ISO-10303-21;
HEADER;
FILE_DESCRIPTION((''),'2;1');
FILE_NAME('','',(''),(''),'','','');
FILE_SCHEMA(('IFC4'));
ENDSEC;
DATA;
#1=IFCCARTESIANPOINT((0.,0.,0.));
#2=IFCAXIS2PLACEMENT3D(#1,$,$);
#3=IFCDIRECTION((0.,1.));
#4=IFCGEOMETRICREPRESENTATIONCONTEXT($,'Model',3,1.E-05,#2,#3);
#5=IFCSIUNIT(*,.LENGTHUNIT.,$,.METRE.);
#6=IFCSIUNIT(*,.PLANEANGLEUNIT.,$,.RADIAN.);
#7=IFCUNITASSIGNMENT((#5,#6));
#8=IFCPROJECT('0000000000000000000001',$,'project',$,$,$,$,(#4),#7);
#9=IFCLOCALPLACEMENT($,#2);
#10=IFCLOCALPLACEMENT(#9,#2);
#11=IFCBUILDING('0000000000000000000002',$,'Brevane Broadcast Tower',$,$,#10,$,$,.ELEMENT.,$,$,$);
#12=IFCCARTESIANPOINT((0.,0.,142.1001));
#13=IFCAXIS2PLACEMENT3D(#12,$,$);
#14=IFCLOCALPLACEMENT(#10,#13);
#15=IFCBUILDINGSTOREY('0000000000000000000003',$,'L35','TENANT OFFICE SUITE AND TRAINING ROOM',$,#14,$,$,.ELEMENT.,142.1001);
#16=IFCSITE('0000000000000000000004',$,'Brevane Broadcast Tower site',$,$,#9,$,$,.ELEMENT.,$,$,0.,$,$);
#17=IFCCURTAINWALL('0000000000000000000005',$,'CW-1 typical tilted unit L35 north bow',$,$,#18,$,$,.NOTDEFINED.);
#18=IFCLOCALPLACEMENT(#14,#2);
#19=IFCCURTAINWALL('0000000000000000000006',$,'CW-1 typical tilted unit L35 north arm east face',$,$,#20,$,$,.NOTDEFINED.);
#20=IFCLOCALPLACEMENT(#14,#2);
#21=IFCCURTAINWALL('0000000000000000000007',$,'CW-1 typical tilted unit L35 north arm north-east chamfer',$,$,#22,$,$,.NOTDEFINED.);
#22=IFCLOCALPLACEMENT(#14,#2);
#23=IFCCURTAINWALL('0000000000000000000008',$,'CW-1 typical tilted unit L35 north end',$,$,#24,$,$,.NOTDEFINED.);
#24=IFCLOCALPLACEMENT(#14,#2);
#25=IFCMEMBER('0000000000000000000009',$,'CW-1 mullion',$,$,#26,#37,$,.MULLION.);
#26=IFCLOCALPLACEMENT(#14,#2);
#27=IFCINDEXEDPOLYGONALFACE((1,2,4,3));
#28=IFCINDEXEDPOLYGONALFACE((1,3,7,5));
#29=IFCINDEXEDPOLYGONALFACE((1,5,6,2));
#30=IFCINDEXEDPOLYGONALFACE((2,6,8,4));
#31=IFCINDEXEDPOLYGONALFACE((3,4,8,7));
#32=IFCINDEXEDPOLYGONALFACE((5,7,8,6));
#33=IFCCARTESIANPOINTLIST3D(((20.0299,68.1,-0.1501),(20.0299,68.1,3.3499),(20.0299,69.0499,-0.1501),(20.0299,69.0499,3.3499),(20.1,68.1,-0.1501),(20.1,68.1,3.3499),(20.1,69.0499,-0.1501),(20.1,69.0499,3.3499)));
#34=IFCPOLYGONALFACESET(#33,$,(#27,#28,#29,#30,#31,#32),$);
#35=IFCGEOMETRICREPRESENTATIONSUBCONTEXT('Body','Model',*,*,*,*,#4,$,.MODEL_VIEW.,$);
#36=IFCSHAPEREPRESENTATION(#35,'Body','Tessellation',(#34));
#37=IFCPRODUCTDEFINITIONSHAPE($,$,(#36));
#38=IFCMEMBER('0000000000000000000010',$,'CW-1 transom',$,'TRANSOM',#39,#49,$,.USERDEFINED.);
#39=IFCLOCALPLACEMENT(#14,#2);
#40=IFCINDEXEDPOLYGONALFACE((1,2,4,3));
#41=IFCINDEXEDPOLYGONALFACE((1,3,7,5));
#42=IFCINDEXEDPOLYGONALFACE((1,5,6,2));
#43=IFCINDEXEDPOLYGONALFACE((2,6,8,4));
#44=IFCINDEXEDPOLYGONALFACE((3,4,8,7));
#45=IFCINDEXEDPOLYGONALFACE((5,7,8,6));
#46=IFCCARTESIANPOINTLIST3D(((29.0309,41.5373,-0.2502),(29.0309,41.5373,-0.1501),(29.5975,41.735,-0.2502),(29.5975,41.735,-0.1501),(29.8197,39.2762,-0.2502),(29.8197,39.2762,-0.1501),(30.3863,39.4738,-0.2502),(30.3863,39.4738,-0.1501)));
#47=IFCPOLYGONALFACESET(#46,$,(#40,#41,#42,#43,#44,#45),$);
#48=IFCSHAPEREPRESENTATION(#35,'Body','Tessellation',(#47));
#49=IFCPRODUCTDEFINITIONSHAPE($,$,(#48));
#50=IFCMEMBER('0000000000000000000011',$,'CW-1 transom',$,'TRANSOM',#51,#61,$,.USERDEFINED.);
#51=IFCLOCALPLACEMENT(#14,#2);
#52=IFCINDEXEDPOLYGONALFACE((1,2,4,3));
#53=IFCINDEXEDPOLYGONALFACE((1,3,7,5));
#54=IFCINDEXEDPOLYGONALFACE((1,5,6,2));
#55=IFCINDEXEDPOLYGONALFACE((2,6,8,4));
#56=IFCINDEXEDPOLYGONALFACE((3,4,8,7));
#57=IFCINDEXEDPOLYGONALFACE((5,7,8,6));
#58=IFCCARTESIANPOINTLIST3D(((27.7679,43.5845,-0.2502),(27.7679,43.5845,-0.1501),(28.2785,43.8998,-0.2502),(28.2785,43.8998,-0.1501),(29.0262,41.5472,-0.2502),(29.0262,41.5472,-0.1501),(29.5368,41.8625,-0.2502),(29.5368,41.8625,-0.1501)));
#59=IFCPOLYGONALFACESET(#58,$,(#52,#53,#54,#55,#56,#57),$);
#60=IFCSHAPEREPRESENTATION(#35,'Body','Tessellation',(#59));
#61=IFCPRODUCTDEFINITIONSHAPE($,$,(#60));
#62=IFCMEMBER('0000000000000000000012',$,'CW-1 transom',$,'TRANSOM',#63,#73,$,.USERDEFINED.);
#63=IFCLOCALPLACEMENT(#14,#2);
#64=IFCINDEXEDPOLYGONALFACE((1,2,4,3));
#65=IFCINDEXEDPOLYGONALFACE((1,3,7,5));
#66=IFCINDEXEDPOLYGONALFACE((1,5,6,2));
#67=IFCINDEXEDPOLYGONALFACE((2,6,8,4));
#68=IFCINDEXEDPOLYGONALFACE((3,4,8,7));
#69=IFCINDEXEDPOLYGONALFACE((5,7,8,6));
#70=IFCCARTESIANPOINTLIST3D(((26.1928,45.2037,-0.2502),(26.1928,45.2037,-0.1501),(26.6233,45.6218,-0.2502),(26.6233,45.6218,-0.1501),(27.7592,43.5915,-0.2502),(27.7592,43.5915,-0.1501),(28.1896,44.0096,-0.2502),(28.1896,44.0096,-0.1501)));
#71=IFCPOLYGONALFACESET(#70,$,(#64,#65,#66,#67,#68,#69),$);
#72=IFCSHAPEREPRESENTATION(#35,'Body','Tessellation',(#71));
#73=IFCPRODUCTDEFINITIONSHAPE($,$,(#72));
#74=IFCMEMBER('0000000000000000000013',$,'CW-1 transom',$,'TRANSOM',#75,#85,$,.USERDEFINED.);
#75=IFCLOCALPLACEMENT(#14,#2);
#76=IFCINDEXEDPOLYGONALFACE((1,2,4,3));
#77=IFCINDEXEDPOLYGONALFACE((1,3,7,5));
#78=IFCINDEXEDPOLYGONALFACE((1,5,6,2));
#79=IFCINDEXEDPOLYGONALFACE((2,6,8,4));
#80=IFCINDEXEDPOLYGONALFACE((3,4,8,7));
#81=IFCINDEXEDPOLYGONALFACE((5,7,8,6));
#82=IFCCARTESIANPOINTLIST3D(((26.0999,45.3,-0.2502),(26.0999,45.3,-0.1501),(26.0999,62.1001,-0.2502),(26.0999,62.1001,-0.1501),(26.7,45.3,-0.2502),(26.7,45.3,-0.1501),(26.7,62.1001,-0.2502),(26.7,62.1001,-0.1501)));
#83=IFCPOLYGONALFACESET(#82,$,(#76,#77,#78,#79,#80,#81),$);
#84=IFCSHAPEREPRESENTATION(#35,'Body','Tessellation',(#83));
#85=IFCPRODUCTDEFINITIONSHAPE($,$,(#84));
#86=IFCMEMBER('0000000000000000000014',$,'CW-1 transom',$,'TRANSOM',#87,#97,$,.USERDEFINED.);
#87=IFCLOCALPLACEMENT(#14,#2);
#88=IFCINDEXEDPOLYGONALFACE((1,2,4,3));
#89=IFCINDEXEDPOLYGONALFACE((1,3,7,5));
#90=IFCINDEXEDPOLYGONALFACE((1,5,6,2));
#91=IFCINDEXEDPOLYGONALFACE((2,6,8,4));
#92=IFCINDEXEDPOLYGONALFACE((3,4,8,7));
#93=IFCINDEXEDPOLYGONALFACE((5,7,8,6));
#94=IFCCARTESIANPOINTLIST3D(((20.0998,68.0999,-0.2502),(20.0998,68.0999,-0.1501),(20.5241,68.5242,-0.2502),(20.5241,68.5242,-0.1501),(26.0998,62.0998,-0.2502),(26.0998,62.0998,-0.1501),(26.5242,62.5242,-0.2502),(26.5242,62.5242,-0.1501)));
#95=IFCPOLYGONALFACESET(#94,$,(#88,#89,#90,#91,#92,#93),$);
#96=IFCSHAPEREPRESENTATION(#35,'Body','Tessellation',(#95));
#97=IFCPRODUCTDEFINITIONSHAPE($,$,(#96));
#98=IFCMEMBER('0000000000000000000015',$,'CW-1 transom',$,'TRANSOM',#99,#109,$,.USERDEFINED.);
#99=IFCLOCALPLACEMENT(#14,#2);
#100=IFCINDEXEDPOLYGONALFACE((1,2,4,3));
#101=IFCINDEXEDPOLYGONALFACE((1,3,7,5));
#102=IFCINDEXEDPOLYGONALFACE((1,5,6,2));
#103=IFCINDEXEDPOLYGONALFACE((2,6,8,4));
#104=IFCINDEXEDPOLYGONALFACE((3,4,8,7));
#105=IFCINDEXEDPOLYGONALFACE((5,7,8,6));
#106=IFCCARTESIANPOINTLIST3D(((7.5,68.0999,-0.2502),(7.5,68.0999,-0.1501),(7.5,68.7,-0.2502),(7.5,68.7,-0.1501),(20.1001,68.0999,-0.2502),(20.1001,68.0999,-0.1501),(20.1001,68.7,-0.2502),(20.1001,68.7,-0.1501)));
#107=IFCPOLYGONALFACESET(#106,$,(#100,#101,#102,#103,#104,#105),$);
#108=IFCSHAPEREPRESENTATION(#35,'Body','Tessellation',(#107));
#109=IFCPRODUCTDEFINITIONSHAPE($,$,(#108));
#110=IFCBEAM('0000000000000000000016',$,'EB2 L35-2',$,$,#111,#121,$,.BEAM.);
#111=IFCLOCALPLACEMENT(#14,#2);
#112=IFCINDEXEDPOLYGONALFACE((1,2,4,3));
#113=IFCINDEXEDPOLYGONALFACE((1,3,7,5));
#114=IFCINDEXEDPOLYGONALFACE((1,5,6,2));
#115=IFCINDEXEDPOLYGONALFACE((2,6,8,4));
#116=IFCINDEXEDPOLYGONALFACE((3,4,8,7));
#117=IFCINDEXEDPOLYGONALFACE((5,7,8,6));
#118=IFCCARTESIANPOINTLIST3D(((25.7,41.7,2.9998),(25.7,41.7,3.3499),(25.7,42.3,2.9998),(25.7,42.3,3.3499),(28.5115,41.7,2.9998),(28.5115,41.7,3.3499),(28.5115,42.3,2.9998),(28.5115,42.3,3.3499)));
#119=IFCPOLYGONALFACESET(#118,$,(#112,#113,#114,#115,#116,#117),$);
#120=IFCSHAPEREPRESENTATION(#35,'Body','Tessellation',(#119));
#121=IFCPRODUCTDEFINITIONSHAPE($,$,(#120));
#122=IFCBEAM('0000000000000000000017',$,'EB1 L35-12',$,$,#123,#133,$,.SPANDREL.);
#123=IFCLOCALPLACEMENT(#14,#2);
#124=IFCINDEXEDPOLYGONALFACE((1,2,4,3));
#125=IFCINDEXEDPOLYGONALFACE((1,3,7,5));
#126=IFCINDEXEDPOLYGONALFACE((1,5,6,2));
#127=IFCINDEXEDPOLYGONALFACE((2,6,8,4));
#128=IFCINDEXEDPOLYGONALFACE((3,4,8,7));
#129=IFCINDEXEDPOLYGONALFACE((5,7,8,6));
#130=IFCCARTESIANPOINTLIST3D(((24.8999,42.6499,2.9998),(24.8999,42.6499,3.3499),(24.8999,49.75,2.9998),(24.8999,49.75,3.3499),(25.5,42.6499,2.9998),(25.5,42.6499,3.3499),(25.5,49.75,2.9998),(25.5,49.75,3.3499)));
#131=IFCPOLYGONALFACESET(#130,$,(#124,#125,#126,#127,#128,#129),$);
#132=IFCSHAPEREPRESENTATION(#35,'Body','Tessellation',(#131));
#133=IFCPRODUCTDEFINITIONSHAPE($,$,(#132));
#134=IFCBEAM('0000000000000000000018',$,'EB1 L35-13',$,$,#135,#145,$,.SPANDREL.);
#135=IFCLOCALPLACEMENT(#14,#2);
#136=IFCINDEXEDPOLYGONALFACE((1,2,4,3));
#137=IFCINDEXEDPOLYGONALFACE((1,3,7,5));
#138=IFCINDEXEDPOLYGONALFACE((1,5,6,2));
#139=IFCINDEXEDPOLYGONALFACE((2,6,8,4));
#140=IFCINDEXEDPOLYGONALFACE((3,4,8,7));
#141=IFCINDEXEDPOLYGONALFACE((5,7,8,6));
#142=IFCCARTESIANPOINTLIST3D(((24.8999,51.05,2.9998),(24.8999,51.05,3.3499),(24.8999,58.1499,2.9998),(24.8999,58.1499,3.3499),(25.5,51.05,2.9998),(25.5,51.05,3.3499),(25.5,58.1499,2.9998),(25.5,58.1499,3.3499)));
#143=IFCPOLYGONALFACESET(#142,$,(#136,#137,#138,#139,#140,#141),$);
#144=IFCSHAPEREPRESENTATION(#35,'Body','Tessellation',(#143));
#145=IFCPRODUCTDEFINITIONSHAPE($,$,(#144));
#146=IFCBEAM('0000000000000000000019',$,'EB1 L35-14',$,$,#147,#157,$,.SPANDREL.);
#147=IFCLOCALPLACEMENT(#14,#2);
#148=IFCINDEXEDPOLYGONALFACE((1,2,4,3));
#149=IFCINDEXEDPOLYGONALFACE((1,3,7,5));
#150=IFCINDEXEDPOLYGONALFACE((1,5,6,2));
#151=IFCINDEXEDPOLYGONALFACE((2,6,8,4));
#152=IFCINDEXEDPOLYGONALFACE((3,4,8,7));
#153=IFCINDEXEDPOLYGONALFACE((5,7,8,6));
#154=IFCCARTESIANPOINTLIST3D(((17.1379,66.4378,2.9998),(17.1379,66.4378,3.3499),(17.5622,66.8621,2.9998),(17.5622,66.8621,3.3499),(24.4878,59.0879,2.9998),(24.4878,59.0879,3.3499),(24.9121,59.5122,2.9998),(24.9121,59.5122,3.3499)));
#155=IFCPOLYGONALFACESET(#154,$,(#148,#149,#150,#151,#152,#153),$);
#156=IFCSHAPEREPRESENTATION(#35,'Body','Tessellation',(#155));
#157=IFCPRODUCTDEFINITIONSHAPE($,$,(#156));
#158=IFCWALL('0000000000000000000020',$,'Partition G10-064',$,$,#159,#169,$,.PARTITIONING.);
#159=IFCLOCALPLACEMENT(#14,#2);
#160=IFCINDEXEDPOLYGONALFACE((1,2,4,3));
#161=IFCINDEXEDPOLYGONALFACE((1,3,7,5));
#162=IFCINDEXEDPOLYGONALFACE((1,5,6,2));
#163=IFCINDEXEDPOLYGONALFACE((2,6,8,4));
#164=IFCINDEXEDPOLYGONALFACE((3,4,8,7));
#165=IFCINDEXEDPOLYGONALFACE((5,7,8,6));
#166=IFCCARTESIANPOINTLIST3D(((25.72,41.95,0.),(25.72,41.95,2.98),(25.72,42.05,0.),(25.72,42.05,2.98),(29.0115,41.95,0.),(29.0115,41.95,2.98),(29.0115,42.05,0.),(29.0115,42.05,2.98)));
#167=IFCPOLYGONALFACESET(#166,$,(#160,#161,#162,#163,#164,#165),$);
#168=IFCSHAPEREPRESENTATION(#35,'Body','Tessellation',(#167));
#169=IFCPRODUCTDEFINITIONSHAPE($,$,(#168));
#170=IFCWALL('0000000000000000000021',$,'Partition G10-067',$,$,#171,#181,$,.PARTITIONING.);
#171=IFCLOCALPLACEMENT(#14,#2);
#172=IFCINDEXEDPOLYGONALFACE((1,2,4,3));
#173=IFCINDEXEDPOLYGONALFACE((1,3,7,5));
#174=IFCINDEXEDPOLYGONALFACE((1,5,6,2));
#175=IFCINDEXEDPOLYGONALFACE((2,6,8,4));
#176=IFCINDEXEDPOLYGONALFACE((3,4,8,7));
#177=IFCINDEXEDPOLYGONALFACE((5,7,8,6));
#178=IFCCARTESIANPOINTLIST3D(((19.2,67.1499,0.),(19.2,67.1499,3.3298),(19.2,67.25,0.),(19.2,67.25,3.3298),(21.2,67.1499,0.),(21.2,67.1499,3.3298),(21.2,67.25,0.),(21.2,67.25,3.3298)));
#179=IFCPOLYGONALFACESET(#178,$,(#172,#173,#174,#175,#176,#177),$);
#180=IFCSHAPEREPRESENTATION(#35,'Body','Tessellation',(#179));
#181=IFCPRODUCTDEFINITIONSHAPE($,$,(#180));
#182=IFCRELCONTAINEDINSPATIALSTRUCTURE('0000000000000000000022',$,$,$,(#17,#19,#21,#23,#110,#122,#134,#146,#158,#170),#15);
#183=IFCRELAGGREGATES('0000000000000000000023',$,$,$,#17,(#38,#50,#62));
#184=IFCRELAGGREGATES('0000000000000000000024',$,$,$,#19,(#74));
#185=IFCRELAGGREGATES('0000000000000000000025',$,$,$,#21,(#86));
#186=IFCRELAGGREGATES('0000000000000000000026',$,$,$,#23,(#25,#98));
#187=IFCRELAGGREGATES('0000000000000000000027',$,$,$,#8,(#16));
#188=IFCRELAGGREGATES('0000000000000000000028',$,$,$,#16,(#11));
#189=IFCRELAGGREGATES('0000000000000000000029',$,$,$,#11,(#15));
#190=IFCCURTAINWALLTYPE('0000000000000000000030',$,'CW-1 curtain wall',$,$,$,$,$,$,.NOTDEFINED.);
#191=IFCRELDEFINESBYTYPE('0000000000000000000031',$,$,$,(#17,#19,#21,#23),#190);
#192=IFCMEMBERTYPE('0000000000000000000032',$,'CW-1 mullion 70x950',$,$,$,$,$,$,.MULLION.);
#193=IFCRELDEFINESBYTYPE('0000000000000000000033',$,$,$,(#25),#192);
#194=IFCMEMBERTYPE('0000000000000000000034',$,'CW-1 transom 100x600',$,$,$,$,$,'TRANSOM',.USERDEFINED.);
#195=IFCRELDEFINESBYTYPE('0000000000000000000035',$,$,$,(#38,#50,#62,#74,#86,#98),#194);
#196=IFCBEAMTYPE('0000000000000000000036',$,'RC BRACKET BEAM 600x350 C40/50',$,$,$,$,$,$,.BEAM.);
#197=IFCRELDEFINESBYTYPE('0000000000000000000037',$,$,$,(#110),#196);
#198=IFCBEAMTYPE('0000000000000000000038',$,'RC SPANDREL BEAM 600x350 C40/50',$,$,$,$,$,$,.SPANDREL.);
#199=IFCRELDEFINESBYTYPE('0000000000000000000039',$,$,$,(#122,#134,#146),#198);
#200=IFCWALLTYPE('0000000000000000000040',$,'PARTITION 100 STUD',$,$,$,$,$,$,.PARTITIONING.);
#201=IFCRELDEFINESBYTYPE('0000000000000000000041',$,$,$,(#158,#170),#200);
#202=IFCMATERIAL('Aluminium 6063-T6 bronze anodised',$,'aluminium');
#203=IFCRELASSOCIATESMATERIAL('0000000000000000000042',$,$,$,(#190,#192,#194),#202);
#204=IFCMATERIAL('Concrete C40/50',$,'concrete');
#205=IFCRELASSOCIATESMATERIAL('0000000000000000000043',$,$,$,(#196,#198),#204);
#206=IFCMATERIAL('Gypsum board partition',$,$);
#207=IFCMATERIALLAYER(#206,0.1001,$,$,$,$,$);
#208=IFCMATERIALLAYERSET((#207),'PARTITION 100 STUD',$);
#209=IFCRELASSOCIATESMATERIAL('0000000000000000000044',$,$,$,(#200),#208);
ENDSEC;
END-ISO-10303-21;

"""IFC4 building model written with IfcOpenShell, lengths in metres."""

from ifc_helpers import new_model, si_unit, direction, frame, frame_2d, origin, origin_2d, place, context, subcontext, project, spatial, rectangle, extrude, material, layer, layer_set, material_profile, profile_set, type_object, element, aggregate, save


model = new_model("IFC4")

# Units and contexts
model_context = context("Model", 3, precision=1e-05, world=origin(), true_north=direction((0.0, 1.0)))
body_context = subcontext(model_context, "Body", "Model", "MODEL_VIEW")
ifc_project = project(units=[si_unit("LENGTHUNIT", "METRE"), si_unit("PLANEANGLEUNIT", "RADIAN")], contexts=[model_context])

# Site, building, storey
site_placement = place(None, origin())
site = spatial("IfcSite", under=ifc_project, at=site_placement, Name="Brevane Broadcast Tower site", CompositionType="ELEMENT", RefElevation=0.0)
building_placement = place(site_placement, origin())
building = spatial("IfcBuilding", under=site, at=building_placement, Name="Brevane Broadcast Tower", CompositionType="ELEMENT")
storey_placement = place(building_placement, frame((0.0, 0.0, 142.1001)))
storey = spatial("IfcBuildingStorey", under=building, at=storey_placement, Name="L35", Description="TENANT OFFICE SUITE AND TRAINING ROOM", CompositionType="ELEMENT", Elevation=142.1001)

# Curtain walls
ifc_material_1 = material(Name="Aluminium 6063-T6 bronze anodised", Category="aluminium")
curtain_wall_type = type_object("IfcCurtainWallType", Name="CW-1 curtain wall", PredefinedType="NOTDEFINED", material=ifc_material_1)
curtain_wall_1_placement = place(storey_placement, origin())
curtain_wall_1 = element("IfcCurtainWall", 1, at=curtain_wall_1_placement, inside=storey, type_object=curtain_wall_type, Name="CW-1 typical tilted unit L35 north bow", PredefinedType="NOTDEFINED")
ifc_material_profile_1 = material_profile(ifc_material_1, rectangle(XDim=0.95, YDim=0.0701, at=origin_2d()), Name="RECT 70x950")
ifc_profile_set_1 = profile_set([ifc_material_profile_1], Name="Aluminium 6063-T6 bronze anodised")
member_type_1 = type_object("IfcMemberType", Name="CW-1 mullion 70x950", PredefinedType="MULLION", material=ifc_profile_set_1)
curtain_wall_2_placement = place(storey_placement, origin())
curtain_wall_2 = element("IfcCurtainWall", 2, at=curtain_wall_2_placement, inside=storey, type_object=curtain_wall_type, Name="CW-1 typical tilted unit L35 north arm east face", PredefinedType="NOTDEFINED")
curtain_wall_3_placement = place(storey_placement, origin())
curtain_wall_3 = element("IfcCurtainWall", 3, at=curtain_wall_3_placement, inside=storey, type_object=curtain_wall_type, Name="CW-1 typical tilted unit L35 north arm north-east chamfer", PredefinedType="NOTDEFINED")

# Curtain wall, member
curtain_wall_4_placement = place(storey_placement, origin())
curtain_wall_4 = element("IfcCurtainWall", 4, at=curtain_wall_4_placement, inside=storey, type_object=curtain_wall_type, Name="CW-1 typical tilted unit L35 north end", PredefinedType="NOTDEFINED")
member_1_placement = place(storey_placement, frame((20.0649, 68.575, -0.1501), z_axis=(0.0, 0.0, 1.0), x_axis=(0.0, -1.0, 0.0)))
member_1 = element("IfcMember", 5, at=member_1_placement, type_object=member_type_1, Name="CW-1 mullion", PredefinedType="MULLION", context=body_context, shape_type="SweptSolid", body=[
    extrude(rectangle(XDim=0.95, YDim=0.0701, at=origin_2d()), origin(), (0.0, 0.0, 1.0), 3.5),
])

# Members
ifc_material_profile_2 = material_profile(ifc_material_1, rectangle(XDim=0.6001, YDim=0.1001, at=origin_2d()), Name="RECT 100x600")
ifc_profile_set_2 = profile_set([ifc_material_profile_2], Name="Aluminium 6063-T6 bronze anodised")
member_type_2 = type_object("IfcMemberType", Name="CW-1 transom 100x600", ElementType="TRANSOM", PredefinedType="USERDEFINED", material=ifc_profile_set_2)
member_2_placement = place(storey_placement, frame((30.103, 39.375, -0.2002), z_axis=(-0.329378, 0.944198, 0.0), x_axis=(-0.944198, -0.329378, 0.0)))
member_2 = element("IfcMember", 6, at=member_2_placement, type_object=member_type_2, Name="CW-1 transom", ObjectType="TRANSOM", PredefinedType="USERDEFINED", context=body_context, shape_type="SweptSolid", body=[
    extrude(rectangle(XDim=0.6001, YDim=0.1001, at=origin_2d()), origin(), (0.0, 0.0, 1.0), 2.3948),
])
member_3_placement = place(storey_placement, frame((29.2815, 41.7048, -0.2002), z_axis=(-0.525473, 0.85081, 0.0), x_axis=(-0.85081, -0.525473, 0.0)))
member_3 = element("IfcMember", 7, at=member_3_placement, type_object=member_type_2, Name="CW-1 transom", ObjectType="TRANSOM", PredefinedType="USERDEFINED", context=body_context, shape_type="SweptSolid", body=[
    extrude(rectangle(XDim=0.6001, YDim=0.1001, at=origin_2d()), origin(), (0.0, 0.0, 1.0), 2.3945),
])
member_4_placement = place(storey_placement, frame((27.9744, 43.8005, -0.2002), z_axis=(-0.696824, 0.717242, 0.0), x_axis=(-0.717242, -0.696824, 0.0)))
member_4 = element("IfcMember", 8, at=member_4_placement, type_object=member_type_2, Name="CW-1 transom", ObjectType="TRANSOM", PredefinedType="USERDEFINED", context=body_context, shape_type="SweptSolid", body=[
    extrude(rectangle(XDim=0.6001, YDim=0.1001, at=origin_2d()), origin(), (0.0, 0.0, 1.0), 2.2478),
])
aggregate(curtain_wall_1, [member_2, member_3, member_4])
member_5_placement = place(storey_placement, frame((26.3999, 45.3, -0.2002), z_axis=(0.0, 1.0, 0.0), x_axis=(-1.0, 0.0, 0.0)))
member_5 = element("IfcMember", 9, at=member_5_placement, type_object=member_type_2, Name="CW-1 transom", ObjectType="TRANSOM", PredefinedType="USERDEFINED", context=body_context, shape_type="SweptSolid", body=[
    extrude(rectangle(XDim=0.6001, YDim=0.1001, at=origin_2d()), origin(), (0.0, 0.0, 1.0), 16.8),
])
aggregate(curtain_wall_2, [member_5])
member_6_placement = place(storey_placement, frame((26.312, 62.312, -0.2002), z_axis=(-0.707107, 0.707107, 0.0), x_axis=(-0.707107, -0.707107, 0.0)))
member_6 = element("IfcMember", 10, at=member_6_placement, type_object=member_type_2, Name="CW-1 transom", ObjectType="TRANSOM", PredefinedType="USERDEFINED", context=body_context, shape_type="SweptSolid", body=[
    extrude(rectangle(XDim=0.6001, YDim=0.1001, at=origin_2d()), origin(), (0.0, 0.0, 1.0), 8.4854),
])
aggregate(curtain_wall_3, [member_6])
member_7_placement = place(storey_placement, frame((20.1001, 68.3999, -0.2002), z_axis=(-1.0, 0.0, 0.0), x_axis=(0.0, -1.0, 0.0)))
member_7 = element("IfcMember", 11, at=member_7_placement, type_object=member_type_2, Name="CW-1 transom", ObjectType="TRANSOM", PredefinedType="USERDEFINED", context=body_context, shape_type="SweptSolid", body=[
    extrude(rectangle(XDim=0.6001, YDim=0.1001, at=origin_2d()), origin(), (0.0, 0.0, 1.0), 12.6001),
])
aggregate(curtain_wall_4, [member_1, member_7])

# Beams
ifc_material_2 = material(Name="Concrete C40/50", Category="concrete")
ifc_material_profile_3 = material_profile(ifc_material_2, rectangle(XDim=0.6001, YDim=0.3501, at=origin_2d()), Name="RC 600x350")
ifc_profile_set_3 = profile_set([ifc_material_profile_3], Name="Concrete C40/50")
beam_type_1 = type_object("IfcBeamType", Name="RC BRACKET BEAM 600x350 C40/50", PredefinedType="BEAM", material=ifc_profile_set_3)
beam_1_placement = place(storey_placement, frame((25.7, 42.0, 3.1748), z_axis=(1.0, 0.0, 0.0), x_axis=(0.0, 1.0, 0.0)))
element("IfcBeam", 12, at=beam_1_placement, inside=storey, type_object=beam_type_1, Name="EB2 L35-2", PredefinedType="BEAM", context=body_context, shape_type="SweptSolid", body=[
    extrude(rectangle(XDim=0.6001, YDim=0.3501, at=origin_2d()), origin(), (0.0, 0.0, 1.0), 2.8115),
])
ifc_material_profile_4 = material_profile(ifc_material_2, rectangle(XDim=0.6001, YDim=0.3501, at=origin_2d()), Name="RC 600x350")
ifc_profile_set_4 = profile_set([ifc_material_profile_4], Name="Concrete C40/50")
beam_type_2 = type_object("IfcBeamType", Name="RC SPANDREL BEAM 600x350 C40/50", PredefinedType="SPANDREL", material=ifc_profile_set_4)
beam_2_placement = place(storey_placement, frame((25.2, 42.6499, 3.1748), z_axis=(0.0, 1.0, 0.0), x_axis=(-1.0, 0.0, 0.0)))
element("IfcBeam", 13, at=beam_2_placement, inside=storey, type_object=beam_type_2, Name="EB1 L35-12", PredefinedType="SPANDREL", context=body_context, shape_type="SweptSolid", body=[
    extrude(rectangle(XDim=0.6001, YDim=0.3501, at=origin_2d()), origin(), (0.0, 0.0, 1.0), 7.1001),
])
beam_3_placement = place(storey_placement, frame((25.2, 51.05, 3.1748), z_axis=(0.0, 1.0, 0.0), x_axis=(-1.0, 0.0, 0.0)))
element("IfcBeam", 14, at=beam_3_placement, inside=storey, type_object=beam_type_2, Name="EB1 L35-13", PredefinedType="SPANDREL", context=body_context, shape_type="SweptSolid", body=[
    extrude(rectangle(XDim=0.6001, YDim=0.3501, at=origin_2d()), origin(), (0.0, 0.0, 1.0), 7.0999),
])
beam_4_placement = place(storey_placement, frame((24.7, 59.3, 3.1748), z_axis=(-0.707107, 0.707107, 0.0), x_axis=(-0.707107, -0.707107, 0.0)))
element("IfcBeam", 15, at=beam_4_placement, inside=storey, type_object=beam_type_2, Name="EB1 L35-14", PredefinedType="SPANDREL", context=body_context, shape_type="SweptSolid", body=[
    extrude(rectangle(XDim=0.6001, YDim=0.3501, at=origin_2d()), origin(), (0.0, 0.0, 1.0), 10.3943),
])

# Walls
ifc_material_3 = material(Name="Gypsum board partition")
ifc_layer = layer(ifc_material_3, 0.1001)
ifc_layer_set = layer_set([ifc_layer], Name="PARTITION 100 STUD")
wall_type = type_object("IfcWallType", Name="PARTITION 100 STUD", PredefinedType="PARTITIONING", material=ifc_layer_set)
wall_1_placement = place(storey_placement, frame((25.72, 42.0, 0.0), z_axis=(0.0, 0.0, 1.0), x_axis=(1.0, 0.0, 0.0)))
element("IfcWall", 16, at=wall_1_placement, inside=storey, type_object=wall_type, Name="Partition G10-064", PredefinedType="PARTITIONING", context=body_context, shape_type="SweptSolid", body=[
    extrude(rectangle(XDim=3.2915, YDim=0.1001, at=frame_2d((1.6458, 0.0))), origin(), (0.0, 0.0, 1.0), 2.98),
])
wall_2_placement = place(storey_placement, frame((21.2, 67.2, 0.0), z_axis=(0.0, 0.0, 1.0), x_axis=(-1.0, 0.0, 0.0)))
element("IfcWall", 17, at=wall_2_placement, inside=storey, type_object=wall_type, Name="Partition G10-067", PredefinedType="PARTITIONING", context=body_context, shape_type="SweptSolid", body=[
    extrude(rectangle(XDim=2.0, YDim=0.1001, at=frame_2d((1.0, 0.0))), origin(), (0.0, 0.0, 1.0), 3.3298),
])

save(model, "model.ifc")
